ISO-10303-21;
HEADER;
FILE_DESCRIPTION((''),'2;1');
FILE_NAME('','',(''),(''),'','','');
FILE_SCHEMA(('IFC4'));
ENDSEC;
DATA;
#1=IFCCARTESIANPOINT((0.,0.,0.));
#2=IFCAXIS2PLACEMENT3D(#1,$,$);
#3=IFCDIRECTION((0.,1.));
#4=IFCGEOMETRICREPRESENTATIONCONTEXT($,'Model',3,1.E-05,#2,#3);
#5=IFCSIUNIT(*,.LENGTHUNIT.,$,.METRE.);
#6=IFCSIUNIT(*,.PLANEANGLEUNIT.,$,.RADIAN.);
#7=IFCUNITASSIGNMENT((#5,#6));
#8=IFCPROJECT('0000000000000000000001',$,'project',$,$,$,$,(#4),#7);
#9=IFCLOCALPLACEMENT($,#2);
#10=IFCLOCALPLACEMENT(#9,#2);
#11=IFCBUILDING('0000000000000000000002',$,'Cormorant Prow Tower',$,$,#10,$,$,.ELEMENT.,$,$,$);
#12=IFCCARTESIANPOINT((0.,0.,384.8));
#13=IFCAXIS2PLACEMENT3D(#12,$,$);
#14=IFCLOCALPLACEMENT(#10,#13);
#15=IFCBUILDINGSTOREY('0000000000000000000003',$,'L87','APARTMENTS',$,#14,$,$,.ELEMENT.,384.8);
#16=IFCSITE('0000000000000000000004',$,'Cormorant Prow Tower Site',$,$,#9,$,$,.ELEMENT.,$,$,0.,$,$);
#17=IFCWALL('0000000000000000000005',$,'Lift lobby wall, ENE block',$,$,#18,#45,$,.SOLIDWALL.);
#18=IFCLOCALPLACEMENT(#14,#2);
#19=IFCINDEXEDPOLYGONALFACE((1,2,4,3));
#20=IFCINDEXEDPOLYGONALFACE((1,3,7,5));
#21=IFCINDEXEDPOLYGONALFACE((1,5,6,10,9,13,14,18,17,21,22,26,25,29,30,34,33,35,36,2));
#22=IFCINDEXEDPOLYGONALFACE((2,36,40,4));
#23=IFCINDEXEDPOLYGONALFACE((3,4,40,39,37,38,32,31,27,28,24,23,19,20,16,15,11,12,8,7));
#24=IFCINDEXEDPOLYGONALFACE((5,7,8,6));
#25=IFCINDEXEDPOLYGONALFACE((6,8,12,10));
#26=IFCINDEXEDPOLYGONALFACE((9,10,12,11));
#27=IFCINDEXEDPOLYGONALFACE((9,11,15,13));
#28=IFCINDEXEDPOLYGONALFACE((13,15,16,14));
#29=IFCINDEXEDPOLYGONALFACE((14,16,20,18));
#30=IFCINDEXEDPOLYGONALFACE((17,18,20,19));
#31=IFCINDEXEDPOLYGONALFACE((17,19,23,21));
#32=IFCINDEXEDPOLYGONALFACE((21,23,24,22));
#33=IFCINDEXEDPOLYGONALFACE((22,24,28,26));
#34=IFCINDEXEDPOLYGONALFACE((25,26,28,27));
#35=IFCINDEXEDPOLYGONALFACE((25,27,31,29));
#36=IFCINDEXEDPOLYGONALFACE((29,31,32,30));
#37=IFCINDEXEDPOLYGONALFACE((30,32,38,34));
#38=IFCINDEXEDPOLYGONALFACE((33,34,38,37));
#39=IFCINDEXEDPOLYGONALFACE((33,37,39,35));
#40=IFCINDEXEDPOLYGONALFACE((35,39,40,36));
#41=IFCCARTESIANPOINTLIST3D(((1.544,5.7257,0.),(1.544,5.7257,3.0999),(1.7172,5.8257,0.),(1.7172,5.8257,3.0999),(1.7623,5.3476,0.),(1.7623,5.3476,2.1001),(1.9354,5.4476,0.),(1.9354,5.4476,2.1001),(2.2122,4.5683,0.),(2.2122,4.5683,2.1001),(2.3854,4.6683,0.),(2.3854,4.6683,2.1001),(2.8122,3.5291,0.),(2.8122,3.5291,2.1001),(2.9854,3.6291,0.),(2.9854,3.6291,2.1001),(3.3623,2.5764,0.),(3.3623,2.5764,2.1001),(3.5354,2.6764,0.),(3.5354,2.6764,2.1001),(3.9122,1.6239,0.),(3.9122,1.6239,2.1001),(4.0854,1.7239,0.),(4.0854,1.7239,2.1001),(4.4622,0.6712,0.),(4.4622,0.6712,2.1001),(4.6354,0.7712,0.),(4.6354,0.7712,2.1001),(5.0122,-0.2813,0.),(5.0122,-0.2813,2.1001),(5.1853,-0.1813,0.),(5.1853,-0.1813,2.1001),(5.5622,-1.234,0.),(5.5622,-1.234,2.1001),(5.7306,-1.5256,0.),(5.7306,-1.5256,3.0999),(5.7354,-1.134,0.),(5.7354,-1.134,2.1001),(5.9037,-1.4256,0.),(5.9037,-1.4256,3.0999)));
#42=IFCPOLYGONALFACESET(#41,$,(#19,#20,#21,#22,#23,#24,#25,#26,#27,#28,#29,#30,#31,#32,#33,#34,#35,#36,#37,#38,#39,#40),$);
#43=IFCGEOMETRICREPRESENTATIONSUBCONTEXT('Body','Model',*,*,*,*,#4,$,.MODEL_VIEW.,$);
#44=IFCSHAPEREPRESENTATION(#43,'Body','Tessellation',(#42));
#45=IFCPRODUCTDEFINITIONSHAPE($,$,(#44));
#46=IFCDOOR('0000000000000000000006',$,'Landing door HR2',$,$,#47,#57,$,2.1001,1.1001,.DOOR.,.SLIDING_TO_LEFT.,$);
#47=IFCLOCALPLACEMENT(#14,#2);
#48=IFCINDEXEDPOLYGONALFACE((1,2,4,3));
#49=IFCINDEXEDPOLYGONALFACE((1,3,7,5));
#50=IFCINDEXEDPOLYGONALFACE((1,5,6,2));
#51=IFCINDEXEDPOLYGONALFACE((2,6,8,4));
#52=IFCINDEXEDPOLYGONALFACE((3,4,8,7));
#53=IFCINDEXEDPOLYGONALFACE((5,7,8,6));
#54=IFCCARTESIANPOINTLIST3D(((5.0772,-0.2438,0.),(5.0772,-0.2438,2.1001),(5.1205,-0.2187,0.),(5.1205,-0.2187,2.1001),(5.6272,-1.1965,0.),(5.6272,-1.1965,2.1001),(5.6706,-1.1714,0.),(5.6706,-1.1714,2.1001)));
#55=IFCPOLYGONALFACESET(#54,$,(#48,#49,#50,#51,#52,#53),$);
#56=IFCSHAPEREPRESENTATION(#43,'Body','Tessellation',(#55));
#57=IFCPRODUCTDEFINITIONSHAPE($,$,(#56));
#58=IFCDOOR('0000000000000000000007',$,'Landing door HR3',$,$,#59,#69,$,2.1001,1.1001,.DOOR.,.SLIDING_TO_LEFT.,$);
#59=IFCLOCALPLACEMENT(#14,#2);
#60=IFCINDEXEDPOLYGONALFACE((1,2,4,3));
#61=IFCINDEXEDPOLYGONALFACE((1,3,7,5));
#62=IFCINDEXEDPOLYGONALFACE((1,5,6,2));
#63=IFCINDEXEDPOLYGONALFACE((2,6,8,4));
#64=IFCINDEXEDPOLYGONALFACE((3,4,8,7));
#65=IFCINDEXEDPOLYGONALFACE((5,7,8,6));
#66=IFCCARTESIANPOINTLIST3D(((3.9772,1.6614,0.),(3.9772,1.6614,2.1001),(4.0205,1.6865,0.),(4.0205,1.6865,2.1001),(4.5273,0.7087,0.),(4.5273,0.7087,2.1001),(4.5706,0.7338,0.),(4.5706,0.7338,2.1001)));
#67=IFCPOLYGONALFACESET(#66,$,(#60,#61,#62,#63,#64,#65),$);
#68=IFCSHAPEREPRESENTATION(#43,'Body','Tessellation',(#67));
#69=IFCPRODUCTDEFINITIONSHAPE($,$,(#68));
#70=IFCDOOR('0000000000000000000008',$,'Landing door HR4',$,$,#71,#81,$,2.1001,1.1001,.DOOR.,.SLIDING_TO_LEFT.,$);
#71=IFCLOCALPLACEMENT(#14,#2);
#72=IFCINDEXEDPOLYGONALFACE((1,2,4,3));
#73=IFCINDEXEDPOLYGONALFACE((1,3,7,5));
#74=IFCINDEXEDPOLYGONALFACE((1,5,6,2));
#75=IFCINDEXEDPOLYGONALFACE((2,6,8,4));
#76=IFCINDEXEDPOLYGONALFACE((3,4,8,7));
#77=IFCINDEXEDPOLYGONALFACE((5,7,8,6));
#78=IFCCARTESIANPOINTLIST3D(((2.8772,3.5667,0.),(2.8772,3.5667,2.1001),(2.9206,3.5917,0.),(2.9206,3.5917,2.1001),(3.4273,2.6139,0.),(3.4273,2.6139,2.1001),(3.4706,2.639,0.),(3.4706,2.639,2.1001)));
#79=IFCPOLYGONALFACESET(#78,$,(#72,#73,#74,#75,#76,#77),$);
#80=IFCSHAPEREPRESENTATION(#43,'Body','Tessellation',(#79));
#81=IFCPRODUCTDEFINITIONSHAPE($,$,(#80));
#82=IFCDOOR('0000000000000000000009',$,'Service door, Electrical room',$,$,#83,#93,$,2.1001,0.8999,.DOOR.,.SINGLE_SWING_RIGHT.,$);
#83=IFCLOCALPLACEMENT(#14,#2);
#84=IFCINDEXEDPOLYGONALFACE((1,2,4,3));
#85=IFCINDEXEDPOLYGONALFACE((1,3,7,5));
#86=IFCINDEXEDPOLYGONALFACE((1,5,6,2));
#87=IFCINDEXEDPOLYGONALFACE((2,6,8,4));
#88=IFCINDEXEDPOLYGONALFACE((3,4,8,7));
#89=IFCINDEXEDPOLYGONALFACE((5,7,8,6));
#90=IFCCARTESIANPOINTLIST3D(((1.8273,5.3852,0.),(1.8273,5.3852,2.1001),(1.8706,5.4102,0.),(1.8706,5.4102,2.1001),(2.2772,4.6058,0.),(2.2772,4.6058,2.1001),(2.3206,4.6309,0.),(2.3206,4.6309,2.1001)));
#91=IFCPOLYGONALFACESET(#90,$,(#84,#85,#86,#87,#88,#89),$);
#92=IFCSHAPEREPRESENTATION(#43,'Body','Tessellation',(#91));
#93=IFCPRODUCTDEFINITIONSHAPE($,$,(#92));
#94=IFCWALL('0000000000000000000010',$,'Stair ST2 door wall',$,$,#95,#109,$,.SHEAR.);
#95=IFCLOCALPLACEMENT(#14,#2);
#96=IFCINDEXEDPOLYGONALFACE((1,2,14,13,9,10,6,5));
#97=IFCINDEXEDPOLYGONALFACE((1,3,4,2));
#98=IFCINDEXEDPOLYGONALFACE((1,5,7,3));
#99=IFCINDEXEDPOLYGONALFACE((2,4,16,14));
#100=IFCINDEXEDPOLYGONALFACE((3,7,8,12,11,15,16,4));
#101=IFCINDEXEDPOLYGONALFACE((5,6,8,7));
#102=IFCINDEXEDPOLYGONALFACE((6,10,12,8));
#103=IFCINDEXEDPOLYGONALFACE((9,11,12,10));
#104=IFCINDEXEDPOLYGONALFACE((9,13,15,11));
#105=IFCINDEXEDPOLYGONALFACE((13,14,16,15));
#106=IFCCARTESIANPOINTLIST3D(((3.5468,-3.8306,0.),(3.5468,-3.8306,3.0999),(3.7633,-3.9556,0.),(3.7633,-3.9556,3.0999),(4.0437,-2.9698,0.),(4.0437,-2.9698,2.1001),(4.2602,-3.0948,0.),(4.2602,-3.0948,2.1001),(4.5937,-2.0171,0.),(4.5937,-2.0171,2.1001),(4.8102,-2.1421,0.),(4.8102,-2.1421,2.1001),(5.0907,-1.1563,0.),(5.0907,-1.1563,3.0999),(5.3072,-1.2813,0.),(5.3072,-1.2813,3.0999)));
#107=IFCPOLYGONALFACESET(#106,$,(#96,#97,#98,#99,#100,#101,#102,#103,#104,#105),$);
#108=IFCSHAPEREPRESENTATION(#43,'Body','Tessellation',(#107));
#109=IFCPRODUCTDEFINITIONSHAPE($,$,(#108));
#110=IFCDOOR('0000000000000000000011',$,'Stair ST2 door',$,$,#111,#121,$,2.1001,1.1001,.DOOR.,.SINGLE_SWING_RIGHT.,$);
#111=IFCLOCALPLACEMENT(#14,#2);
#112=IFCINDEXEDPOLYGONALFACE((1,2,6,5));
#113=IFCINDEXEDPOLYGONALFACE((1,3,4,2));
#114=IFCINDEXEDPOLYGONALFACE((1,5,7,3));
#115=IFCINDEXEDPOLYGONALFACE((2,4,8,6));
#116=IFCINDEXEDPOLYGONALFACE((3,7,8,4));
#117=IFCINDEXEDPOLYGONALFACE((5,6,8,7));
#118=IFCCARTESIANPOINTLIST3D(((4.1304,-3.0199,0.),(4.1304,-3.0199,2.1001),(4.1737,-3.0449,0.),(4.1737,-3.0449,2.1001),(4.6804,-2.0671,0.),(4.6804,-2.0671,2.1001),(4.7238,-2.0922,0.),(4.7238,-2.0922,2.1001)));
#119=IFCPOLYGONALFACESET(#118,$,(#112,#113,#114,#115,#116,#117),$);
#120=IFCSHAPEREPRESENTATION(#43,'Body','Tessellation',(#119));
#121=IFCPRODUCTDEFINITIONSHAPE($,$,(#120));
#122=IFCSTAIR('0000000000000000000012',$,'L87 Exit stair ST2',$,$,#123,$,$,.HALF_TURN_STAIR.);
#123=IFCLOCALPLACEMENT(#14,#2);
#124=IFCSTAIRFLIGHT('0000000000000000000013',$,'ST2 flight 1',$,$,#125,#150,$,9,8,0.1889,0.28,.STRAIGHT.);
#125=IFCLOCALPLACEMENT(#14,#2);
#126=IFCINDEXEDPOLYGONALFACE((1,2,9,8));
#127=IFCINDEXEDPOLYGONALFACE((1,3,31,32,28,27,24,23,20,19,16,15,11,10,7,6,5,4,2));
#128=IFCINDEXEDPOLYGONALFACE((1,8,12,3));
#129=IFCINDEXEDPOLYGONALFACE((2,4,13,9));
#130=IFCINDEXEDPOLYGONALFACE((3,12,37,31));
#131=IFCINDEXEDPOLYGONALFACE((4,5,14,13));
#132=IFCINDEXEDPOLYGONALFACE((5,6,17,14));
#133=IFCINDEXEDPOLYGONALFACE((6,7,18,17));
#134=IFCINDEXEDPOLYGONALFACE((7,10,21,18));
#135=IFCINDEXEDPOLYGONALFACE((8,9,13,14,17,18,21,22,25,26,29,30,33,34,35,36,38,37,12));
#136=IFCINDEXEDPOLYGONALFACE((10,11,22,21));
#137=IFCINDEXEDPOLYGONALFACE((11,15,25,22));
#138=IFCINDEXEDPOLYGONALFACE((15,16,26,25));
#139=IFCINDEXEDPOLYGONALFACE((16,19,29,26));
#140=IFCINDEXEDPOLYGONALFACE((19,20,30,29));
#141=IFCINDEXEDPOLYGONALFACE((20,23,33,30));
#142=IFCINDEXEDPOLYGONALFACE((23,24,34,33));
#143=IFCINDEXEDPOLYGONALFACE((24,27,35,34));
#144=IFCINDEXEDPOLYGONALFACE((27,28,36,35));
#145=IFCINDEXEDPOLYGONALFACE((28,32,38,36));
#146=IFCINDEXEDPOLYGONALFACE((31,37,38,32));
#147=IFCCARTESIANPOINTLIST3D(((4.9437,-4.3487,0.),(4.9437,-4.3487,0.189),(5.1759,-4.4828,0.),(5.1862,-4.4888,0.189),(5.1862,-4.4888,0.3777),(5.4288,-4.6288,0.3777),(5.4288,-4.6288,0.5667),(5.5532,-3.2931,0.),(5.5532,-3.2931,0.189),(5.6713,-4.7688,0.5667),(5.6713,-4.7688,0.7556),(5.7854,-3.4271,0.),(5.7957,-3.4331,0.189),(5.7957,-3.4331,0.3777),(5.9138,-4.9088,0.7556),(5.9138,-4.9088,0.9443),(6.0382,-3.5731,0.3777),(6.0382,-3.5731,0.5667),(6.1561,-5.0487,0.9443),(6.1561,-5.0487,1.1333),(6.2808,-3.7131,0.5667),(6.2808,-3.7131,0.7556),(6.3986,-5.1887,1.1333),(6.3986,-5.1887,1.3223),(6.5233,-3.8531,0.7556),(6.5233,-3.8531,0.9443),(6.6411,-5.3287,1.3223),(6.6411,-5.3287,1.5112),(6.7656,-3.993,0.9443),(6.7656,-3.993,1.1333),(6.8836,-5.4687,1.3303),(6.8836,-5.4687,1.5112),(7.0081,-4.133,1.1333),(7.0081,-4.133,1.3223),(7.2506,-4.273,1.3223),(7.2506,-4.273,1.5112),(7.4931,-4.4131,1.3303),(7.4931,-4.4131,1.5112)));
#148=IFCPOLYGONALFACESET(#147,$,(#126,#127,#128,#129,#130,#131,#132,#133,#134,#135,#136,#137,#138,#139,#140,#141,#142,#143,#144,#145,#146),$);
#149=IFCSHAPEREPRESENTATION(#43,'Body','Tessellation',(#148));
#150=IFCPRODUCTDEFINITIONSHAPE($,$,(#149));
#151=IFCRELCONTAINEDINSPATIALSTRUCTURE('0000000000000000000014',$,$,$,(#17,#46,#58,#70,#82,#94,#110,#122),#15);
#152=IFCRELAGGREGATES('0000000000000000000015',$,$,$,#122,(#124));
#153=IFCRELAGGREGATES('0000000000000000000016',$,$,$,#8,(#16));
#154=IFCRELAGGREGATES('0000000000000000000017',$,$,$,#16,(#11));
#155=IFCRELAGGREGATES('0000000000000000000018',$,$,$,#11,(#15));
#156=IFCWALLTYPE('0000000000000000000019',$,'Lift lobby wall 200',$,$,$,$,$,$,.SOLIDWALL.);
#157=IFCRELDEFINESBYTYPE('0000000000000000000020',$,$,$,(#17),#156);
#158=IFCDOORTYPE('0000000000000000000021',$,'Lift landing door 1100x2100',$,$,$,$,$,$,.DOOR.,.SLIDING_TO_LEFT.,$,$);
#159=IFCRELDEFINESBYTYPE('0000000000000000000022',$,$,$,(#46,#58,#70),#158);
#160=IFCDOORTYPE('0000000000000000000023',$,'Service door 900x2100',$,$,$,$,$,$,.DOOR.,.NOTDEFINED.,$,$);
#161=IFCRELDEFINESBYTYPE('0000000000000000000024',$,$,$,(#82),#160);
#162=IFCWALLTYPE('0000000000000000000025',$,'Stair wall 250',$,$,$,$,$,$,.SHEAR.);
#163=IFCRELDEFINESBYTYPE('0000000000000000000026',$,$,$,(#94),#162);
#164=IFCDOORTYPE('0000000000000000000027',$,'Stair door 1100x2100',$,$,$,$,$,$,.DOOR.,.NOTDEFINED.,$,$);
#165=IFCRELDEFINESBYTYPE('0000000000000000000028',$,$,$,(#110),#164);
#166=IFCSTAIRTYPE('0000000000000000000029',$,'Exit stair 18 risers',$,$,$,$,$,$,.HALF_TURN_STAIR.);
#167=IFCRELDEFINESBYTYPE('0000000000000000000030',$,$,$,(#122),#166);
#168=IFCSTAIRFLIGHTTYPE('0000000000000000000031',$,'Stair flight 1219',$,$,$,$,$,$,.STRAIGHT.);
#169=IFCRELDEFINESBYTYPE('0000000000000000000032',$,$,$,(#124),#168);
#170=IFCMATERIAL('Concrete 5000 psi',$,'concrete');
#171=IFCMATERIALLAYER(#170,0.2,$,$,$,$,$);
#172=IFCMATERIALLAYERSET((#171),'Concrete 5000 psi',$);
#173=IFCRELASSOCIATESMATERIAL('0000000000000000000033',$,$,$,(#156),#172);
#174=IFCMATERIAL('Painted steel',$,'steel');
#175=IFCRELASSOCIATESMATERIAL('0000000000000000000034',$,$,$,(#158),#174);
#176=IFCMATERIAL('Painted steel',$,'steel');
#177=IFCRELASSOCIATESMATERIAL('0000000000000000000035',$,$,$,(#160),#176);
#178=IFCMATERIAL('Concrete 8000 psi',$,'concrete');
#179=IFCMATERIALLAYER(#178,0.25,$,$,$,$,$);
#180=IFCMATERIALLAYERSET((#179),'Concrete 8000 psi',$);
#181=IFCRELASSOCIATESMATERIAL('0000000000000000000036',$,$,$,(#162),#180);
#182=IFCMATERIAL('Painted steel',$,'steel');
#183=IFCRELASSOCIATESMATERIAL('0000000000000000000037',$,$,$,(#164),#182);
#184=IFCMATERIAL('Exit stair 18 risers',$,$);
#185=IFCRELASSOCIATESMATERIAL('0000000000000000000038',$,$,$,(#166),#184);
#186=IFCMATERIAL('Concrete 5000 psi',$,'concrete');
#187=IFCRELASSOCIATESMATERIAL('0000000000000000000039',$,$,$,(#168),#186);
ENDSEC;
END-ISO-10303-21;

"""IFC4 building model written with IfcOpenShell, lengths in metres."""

from ifc_helpers import new_model, si_unit, direction, frame, frame_2d, origin, place, context, subcontext, project, spatial, polyline, rectangle, outline, extrude, material, layer, layer_set, type_object, element, fill, aggregate, save


model = new_model("IFC4")

# Units and contexts
model_context = context("Model", 3, precision=1e-05, world=origin(), true_north=direction((0.0, 1.0)))
body_context = subcontext(model_context, "Body", "Model", "MODEL_VIEW")
ifc_project = project(units=[si_unit("LENGTHUNIT", "METRE"), si_unit("PLANEANGLEUNIT", "RADIAN")], contexts=[model_context])

# Site, building, storey
site_placement = place(None, origin())
site = spatial("IfcSite", under=ifc_project, at=site_placement, Name="Cormorant Prow Tower Site", CompositionType="ELEMENT", RefElevation=0.0)
building_placement = place(site_placement, origin())
building = spatial("IfcBuilding", under=site, at=building_placement, Name="Cormorant Prow Tower", CompositionType="ELEMENT")
storey_placement = place(building_placement, frame((0.0, 0.0, 384.8)))
storey = spatial("IfcBuildingStorey", under=building, at=storey_placement, Name="L87", Description="APARTMENTS", CompositionType="ELEMENT", Elevation=384.8)

# Wall, openings, doors
ifc_material_1 = material(Name="Concrete 5000 psi", Category="concrete")
ifc_layer_1 = layer(ifc_material_1, 0.2)
ifc_layer_set_1 = layer_set([ifc_layer_1], Name="Concrete 5000 psi")
wall_type_1 = type_object("IfcWallType", Name="Lift lobby wall 200", PredefinedType="SOLIDWALL", material=ifc_layer_set_1)
wall_1_placement = place(storey_placement, frame((5.8171, -1.4756, 0.0), z_axis=(0.0, 0.0, 1.0), x_axis=(-0.500003, 0.866024, 0.0)))
wall_1 = element("IfcWall", 1, at=wall_1_placement, inside=storey, type_object=wall_type_1, Name="Lift lobby wall, ENE block", PredefinedType="SOLIDWALL", context=body_context, shape_type="SweptSolid", body=[
    extrude(rectangle(XDim=8.373, YDim=0.2, at=frame_2d((4.1865, 0.0))), origin(), (0.0, 0.0, 1.0), 3.0999),
])
opening_1_placement = place(wall_1_placement, frame((0.3367, 0.0, 0.0)))
opening_1 = element("IfcOpeningElement", 2, at=opening_1_placement, cuts=wall_1, PredefinedType="OPENING", context=body_context, shape_type="SweptSolid", body=[
    extrude(rectangle(XDim=1.1001, YDim=2.1001, at=frame_2d((0.55, 1.05))), frame((0.0, 0.1099, 0.0), z_axis=(0.0, -1.0, 0.0), x_axis=(1.0, 0.0, 0.0)), (0.0, 0.0, 1.0), 0.22),
])
opening_2_placement = place(wall_1_placement, frame((2.5366, 0.0, 0.0)))
opening_2 = element("IfcOpeningElement", 3, at=opening_2_placement, cuts=wall_1, PredefinedType="OPENING", context=body_context, shape_type="SweptSolid", body=[
    extrude(rectangle(XDim=1.1001, YDim=2.1001, at=frame_2d((0.55, 1.05))), frame((0.0, 0.1099, 0.0), z_axis=(0.0, -1.0, 0.0), x_axis=(1.0, 0.0, 0.0)), (0.0, 0.0, 1.0), 0.22),
])
opening_3_placement = place(wall_1_placement, frame((4.7366, 0.0, 0.0)))
opening_3 = element("IfcOpeningElement", 4, at=opening_3_placement, cuts=wall_1, PredefinedType="OPENING", context=body_context, shape_type="SweptSolid", body=[
    extrude(rectangle(XDim=1.1001, YDim=2.1001, at=frame_2d((0.55, 1.05))), frame((0.0, 0.1099, 0.0), z_axis=(0.0, -1.0, 0.0), x_axis=(1.0, 0.0, 0.0)), (0.0, 0.0, 1.0), 0.22),
])
opening_4_placement = place(wall_1_placement, frame((7.0366, 0.0, 0.0)))
opening_4 = element("IfcOpeningElement", 5, at=opening_4_placement, cuts=wall_1, PredefinedType="OPENING", context=body_context, shape_type="SweptSolid", body=[
    extrude(rectangle(XDim=0.8999, YDim=2.1001, at=frame_2d((0.45, 1.05))), frame((0.0, 0.1099, 0.0), z_axis=(0.0, -1.0, 0.0), x_axis=(1.0, 0.0, 0.0)), (0.0, 0.0, 1.0), 0.22),
])
ifc_material_2 = material(Name="Painted steel", Category="steel")
door_type_1 = type_object("IfcDoorType", Name="Lift landing door 1100x2100", OperationType="SLIDING_TO_LEFT", PredefinedType="DOOR", material=ifc_material_2)
door_1_placement = place(opening_1_placement, origin())
door_1 = element("IfcDoor", 6, at=door_1_placement, inside=storey, type_object=door_type_1, Name="Landing door HR2", OperationType="SLIDING_TO_LEFT", OverallHeight=2.1001, OverallWidth=1.1001, PredefinedType="DOOR", context=body_context, shape_type="SweptSolid", body=[
    extrude(rectangle(XDim=1.1001, YDim=2.1001, at=frame_2d((0.55, 1.05))), frame((0.0, 0.0249, 0.0), z_axis=(0.0, -1.0, 0.0), x_axis=(1.0, 0.0, 0.0)), (0.0, 0.0, 1.0), 0.05),
])
fill(opening_1, door_1)
door_2_placement = place(opening_2_placement, origin())
door_2 = element("IfcDoor", 7, at=door_2_placement, inside=storey, type_object=door_type_1, Name="Landing door HR3", OperationType="SLIDING_TO_LEFT", OverallHeight=2.1001, OverallWidth=1.1001, PredefinedType="DOOR", context=body_context, shape_type="SweptSolid", body=[
    extrude(rectangle(XDim=1.1001, YDim=2.1001, at=frame_2d((0.55, 1.05))), frame((0.0, 0.0249, 0.0), z_axis=(0.0, -1.0, 0.0), x_axis=(1.0, 0.0, 0.0)), (0.0, 0.0, 1.0), 0.05),
])
fill(opening_2, door_2)
door_3_placement = place(opening_3_placement, origin())
door_3 = element("IfcDoor", 8, at=door_3_placement, inside=storey, type_object=door_type_1, Name="Landing door HR4", OperationType="SLIDING_TO_LEFT", OverallHeight=2.1001, OverallWidth=1.1001, PredefinedType="DOOR", context=body_context, shape_type="SweptSolid", body=[
    extrude(rectangle(XDim=1.1001, YDim=2.1001, at=frame_2d((0.55, 1.05))), frame((0.0, 0.0249, 0.0), z_axis=(0.0, -1.0, 0.0), x_axis=(1.0, 0.0, 0.0)), (0.0, 0.0, 1.0), 0.05),
])
fill(opening_3, door_3)
ifc_material_3 = material(Name="Painted steel", Category="steel")
door_type_2 = type_object("IfcDoorType", Name="Service door 900x2100", OperationType="NOTDEFINED", PredefinedType="DOOR", material=ifc_material_3)
door_4_placement = place(opening_4_placement, origin())
door_4 = element("IfcDoor", 9, at=door_4_placement, inside=storey, type_object=door_type_2, Name="Service door, Electrical room", OperationType="SINGLE_SWING_RIGHT", OverallHeight=2.1001, OverallWidth=0.8999, PredefinedType="DOOR", context=body_context, shape_type="SweptSolid", body=[
    extrude(rectangle(XDim=0.8999, YDim=2.1001, at=frame_2d((0.45, 1.05))), frame((0.0, 0.0249, 0.0), z_axis=(0.0, -1.0, 0.0), x_axis=(1.0, 0.0, 0.0)), (0.0, 0.0, 1.0), 0.05),
])
fill(opening_4, door_4)

# Wall, opening, door
ifc_material_4 = material(Name="Concrete 8000 psi", Category="concrete")
ifc_layer_2 = layer(ifc_material_4, 0.25)
ifc_layer_set_2 = layer_set([ifc_layer_2], Name="Concrete 8000 psi")
wall_type_2 = type_object("IfcWallType", Name="Stair wall 250", PredefinedType="SHEAR", material=ifc_layer_set_2)
wall_2_placement = place(storey_placement, frame((3.655, -3.8931, 0.0), z_axis=(0.0, 0.0, 1.0), x_axis=(0.499983, 0.866035, 0.0)))
wall_2 = element("IfcWall", 10, at=wall_2_placement, inside=storey, type_object=wall_type_2, Name="Stair ST2 door wall", PredefinedType="SHEAR", context=body_context, shape_type="SweptSolid", body=[
    extrude(rectangle(XDim=3.0879, YDim=0.25, at=frame_2d((1.5439, 0.0))), origin(), (0.0, 0.0, 1.0), 3.0999),
])
opening_5_placement = place(wall_2_placement, frame((0.9939, 0.0, 0.0)))
opening_5 = element("IfcOpeningElement", 11, at=opening_5_placement, cuts=wall_2, PredefinedType="OPENING", context=body_context, shape_type="SweptSolid", body=[
    extrude(rectangle(XDim=1.1001, YDim=2.1001, at=frame_2d((0.55, 1.05))), frame((0.0, 0.135, 0.0), z_axis=(0.0, -1.0, 0.0), x_axis=(1.0, 0.0, 0.0)), (0.0, 0.0, 1.0), 0.27),
])
ifc_material_5 = material(Name="Painted steel", Category="steel")
door_type_3 = type_object("IfcDoorType", Name="Stair door 1100x2100", OperationType="NOTDEFINED", PredefinedType="DOOR", material=ifc_material_5)
door_5_placement = place(opening_5_placement, origin())
door_5 = element("IfcDoor", 12, at=door_5_placement, inside=storey, type_object=door_type_3, Name="Stair ST2 door", OperationType="SINGLE_SWING_RIGHT", OverallHeight=2.1001, OverallWidth=1.1001, PredefinedType="DOOR", context=body_context, shape_type="SweptSolid", body=[
    extrude(rectangle(XDim=1.1001, YDim=2.1001, at=frame_2d((0.55, 1.05))), frame((0.0, 0.0249, 0.0), z_axis=(0.0, -1.0, 0.0), x_axis=(1.0, 0.0, 0.0)), (0.0, 0.0, 1.0), 0.05),
])
fill(opening_5, door_5)

# Stair, stair flight
ifc_material_6 = material(Name="Exit stair 18 risers")
stair_type = type_object("IfcStairType", Name="Exit stair 18 risers", PredefinedType="HALF_TURN_STAIR", material=ifc_material_6)
stair_placement = place(storey_placement, origin())
stair = element("IfcStair", 13, at=stair_placement, inside=storey, type_object=stair_type, Name="L87 Exit stair ST2", PredefinedType="HALF_TURN_STAIR")
ifc_material_7 = material(Name="Concrete 5000 psi", Category="concrete")
stair_flight_type = type_object("IfcStairFlightType", Name="Stair flight 1219", PredefinedType="STRAIGHT", material=ifc_material_7)
stair_flight_1_placement = place(storey_placement, frame((5.2485, -3.8208, 0.0), z_axis=(0.0, 0.0, 1.0), x_axis=(0.866025, -0.5, 0.0)))
stair_flight_1 = element("IfcStairFlight", 14, at=stair_flight_1_placement, type_object=stair_flight_type, Name="ST2 flight 1", NumberOfRisers=9, NumberOfTreads=8, PredefinedType="STRAIGHT", RiserHeight=0.1889, TreadLength=0.28, context=body_context, shape_type="SweptSolid", body=[
    extrude(outline(polyline([(0.0, 0.0), (0.0, 0.189), (0.28, 0.189), (0.28, 0.3777), (0.5601, 0.3777), (0.5601, 0.5667), (0.8401, 0.5667), (0.8401, 0.7556), (1.1201, 0.7556), (1.1201, 0.9443), (1.3999, 0.9443), (1.3999, 1.1333), (1.6799, 1.1333), (1.6799, 1.3223), (1.96, 1.3223), (1.96, 1.5112), (2.24, 1.5112), (2.24, 1.7), (2.24, 1.3303), (0.2681, 0.0), (0.0, 0.0)])), frame((0.0, 0.6094, 0.0), z_axis=(0.0, -1.0, 0.0), x_axis=(1.0, 0.0, 0.0)), (0.0, 0.0, 1.0), 1.219),
])
aggregate(stair, [stair_flight_1])

save(model, "model.ifc")
